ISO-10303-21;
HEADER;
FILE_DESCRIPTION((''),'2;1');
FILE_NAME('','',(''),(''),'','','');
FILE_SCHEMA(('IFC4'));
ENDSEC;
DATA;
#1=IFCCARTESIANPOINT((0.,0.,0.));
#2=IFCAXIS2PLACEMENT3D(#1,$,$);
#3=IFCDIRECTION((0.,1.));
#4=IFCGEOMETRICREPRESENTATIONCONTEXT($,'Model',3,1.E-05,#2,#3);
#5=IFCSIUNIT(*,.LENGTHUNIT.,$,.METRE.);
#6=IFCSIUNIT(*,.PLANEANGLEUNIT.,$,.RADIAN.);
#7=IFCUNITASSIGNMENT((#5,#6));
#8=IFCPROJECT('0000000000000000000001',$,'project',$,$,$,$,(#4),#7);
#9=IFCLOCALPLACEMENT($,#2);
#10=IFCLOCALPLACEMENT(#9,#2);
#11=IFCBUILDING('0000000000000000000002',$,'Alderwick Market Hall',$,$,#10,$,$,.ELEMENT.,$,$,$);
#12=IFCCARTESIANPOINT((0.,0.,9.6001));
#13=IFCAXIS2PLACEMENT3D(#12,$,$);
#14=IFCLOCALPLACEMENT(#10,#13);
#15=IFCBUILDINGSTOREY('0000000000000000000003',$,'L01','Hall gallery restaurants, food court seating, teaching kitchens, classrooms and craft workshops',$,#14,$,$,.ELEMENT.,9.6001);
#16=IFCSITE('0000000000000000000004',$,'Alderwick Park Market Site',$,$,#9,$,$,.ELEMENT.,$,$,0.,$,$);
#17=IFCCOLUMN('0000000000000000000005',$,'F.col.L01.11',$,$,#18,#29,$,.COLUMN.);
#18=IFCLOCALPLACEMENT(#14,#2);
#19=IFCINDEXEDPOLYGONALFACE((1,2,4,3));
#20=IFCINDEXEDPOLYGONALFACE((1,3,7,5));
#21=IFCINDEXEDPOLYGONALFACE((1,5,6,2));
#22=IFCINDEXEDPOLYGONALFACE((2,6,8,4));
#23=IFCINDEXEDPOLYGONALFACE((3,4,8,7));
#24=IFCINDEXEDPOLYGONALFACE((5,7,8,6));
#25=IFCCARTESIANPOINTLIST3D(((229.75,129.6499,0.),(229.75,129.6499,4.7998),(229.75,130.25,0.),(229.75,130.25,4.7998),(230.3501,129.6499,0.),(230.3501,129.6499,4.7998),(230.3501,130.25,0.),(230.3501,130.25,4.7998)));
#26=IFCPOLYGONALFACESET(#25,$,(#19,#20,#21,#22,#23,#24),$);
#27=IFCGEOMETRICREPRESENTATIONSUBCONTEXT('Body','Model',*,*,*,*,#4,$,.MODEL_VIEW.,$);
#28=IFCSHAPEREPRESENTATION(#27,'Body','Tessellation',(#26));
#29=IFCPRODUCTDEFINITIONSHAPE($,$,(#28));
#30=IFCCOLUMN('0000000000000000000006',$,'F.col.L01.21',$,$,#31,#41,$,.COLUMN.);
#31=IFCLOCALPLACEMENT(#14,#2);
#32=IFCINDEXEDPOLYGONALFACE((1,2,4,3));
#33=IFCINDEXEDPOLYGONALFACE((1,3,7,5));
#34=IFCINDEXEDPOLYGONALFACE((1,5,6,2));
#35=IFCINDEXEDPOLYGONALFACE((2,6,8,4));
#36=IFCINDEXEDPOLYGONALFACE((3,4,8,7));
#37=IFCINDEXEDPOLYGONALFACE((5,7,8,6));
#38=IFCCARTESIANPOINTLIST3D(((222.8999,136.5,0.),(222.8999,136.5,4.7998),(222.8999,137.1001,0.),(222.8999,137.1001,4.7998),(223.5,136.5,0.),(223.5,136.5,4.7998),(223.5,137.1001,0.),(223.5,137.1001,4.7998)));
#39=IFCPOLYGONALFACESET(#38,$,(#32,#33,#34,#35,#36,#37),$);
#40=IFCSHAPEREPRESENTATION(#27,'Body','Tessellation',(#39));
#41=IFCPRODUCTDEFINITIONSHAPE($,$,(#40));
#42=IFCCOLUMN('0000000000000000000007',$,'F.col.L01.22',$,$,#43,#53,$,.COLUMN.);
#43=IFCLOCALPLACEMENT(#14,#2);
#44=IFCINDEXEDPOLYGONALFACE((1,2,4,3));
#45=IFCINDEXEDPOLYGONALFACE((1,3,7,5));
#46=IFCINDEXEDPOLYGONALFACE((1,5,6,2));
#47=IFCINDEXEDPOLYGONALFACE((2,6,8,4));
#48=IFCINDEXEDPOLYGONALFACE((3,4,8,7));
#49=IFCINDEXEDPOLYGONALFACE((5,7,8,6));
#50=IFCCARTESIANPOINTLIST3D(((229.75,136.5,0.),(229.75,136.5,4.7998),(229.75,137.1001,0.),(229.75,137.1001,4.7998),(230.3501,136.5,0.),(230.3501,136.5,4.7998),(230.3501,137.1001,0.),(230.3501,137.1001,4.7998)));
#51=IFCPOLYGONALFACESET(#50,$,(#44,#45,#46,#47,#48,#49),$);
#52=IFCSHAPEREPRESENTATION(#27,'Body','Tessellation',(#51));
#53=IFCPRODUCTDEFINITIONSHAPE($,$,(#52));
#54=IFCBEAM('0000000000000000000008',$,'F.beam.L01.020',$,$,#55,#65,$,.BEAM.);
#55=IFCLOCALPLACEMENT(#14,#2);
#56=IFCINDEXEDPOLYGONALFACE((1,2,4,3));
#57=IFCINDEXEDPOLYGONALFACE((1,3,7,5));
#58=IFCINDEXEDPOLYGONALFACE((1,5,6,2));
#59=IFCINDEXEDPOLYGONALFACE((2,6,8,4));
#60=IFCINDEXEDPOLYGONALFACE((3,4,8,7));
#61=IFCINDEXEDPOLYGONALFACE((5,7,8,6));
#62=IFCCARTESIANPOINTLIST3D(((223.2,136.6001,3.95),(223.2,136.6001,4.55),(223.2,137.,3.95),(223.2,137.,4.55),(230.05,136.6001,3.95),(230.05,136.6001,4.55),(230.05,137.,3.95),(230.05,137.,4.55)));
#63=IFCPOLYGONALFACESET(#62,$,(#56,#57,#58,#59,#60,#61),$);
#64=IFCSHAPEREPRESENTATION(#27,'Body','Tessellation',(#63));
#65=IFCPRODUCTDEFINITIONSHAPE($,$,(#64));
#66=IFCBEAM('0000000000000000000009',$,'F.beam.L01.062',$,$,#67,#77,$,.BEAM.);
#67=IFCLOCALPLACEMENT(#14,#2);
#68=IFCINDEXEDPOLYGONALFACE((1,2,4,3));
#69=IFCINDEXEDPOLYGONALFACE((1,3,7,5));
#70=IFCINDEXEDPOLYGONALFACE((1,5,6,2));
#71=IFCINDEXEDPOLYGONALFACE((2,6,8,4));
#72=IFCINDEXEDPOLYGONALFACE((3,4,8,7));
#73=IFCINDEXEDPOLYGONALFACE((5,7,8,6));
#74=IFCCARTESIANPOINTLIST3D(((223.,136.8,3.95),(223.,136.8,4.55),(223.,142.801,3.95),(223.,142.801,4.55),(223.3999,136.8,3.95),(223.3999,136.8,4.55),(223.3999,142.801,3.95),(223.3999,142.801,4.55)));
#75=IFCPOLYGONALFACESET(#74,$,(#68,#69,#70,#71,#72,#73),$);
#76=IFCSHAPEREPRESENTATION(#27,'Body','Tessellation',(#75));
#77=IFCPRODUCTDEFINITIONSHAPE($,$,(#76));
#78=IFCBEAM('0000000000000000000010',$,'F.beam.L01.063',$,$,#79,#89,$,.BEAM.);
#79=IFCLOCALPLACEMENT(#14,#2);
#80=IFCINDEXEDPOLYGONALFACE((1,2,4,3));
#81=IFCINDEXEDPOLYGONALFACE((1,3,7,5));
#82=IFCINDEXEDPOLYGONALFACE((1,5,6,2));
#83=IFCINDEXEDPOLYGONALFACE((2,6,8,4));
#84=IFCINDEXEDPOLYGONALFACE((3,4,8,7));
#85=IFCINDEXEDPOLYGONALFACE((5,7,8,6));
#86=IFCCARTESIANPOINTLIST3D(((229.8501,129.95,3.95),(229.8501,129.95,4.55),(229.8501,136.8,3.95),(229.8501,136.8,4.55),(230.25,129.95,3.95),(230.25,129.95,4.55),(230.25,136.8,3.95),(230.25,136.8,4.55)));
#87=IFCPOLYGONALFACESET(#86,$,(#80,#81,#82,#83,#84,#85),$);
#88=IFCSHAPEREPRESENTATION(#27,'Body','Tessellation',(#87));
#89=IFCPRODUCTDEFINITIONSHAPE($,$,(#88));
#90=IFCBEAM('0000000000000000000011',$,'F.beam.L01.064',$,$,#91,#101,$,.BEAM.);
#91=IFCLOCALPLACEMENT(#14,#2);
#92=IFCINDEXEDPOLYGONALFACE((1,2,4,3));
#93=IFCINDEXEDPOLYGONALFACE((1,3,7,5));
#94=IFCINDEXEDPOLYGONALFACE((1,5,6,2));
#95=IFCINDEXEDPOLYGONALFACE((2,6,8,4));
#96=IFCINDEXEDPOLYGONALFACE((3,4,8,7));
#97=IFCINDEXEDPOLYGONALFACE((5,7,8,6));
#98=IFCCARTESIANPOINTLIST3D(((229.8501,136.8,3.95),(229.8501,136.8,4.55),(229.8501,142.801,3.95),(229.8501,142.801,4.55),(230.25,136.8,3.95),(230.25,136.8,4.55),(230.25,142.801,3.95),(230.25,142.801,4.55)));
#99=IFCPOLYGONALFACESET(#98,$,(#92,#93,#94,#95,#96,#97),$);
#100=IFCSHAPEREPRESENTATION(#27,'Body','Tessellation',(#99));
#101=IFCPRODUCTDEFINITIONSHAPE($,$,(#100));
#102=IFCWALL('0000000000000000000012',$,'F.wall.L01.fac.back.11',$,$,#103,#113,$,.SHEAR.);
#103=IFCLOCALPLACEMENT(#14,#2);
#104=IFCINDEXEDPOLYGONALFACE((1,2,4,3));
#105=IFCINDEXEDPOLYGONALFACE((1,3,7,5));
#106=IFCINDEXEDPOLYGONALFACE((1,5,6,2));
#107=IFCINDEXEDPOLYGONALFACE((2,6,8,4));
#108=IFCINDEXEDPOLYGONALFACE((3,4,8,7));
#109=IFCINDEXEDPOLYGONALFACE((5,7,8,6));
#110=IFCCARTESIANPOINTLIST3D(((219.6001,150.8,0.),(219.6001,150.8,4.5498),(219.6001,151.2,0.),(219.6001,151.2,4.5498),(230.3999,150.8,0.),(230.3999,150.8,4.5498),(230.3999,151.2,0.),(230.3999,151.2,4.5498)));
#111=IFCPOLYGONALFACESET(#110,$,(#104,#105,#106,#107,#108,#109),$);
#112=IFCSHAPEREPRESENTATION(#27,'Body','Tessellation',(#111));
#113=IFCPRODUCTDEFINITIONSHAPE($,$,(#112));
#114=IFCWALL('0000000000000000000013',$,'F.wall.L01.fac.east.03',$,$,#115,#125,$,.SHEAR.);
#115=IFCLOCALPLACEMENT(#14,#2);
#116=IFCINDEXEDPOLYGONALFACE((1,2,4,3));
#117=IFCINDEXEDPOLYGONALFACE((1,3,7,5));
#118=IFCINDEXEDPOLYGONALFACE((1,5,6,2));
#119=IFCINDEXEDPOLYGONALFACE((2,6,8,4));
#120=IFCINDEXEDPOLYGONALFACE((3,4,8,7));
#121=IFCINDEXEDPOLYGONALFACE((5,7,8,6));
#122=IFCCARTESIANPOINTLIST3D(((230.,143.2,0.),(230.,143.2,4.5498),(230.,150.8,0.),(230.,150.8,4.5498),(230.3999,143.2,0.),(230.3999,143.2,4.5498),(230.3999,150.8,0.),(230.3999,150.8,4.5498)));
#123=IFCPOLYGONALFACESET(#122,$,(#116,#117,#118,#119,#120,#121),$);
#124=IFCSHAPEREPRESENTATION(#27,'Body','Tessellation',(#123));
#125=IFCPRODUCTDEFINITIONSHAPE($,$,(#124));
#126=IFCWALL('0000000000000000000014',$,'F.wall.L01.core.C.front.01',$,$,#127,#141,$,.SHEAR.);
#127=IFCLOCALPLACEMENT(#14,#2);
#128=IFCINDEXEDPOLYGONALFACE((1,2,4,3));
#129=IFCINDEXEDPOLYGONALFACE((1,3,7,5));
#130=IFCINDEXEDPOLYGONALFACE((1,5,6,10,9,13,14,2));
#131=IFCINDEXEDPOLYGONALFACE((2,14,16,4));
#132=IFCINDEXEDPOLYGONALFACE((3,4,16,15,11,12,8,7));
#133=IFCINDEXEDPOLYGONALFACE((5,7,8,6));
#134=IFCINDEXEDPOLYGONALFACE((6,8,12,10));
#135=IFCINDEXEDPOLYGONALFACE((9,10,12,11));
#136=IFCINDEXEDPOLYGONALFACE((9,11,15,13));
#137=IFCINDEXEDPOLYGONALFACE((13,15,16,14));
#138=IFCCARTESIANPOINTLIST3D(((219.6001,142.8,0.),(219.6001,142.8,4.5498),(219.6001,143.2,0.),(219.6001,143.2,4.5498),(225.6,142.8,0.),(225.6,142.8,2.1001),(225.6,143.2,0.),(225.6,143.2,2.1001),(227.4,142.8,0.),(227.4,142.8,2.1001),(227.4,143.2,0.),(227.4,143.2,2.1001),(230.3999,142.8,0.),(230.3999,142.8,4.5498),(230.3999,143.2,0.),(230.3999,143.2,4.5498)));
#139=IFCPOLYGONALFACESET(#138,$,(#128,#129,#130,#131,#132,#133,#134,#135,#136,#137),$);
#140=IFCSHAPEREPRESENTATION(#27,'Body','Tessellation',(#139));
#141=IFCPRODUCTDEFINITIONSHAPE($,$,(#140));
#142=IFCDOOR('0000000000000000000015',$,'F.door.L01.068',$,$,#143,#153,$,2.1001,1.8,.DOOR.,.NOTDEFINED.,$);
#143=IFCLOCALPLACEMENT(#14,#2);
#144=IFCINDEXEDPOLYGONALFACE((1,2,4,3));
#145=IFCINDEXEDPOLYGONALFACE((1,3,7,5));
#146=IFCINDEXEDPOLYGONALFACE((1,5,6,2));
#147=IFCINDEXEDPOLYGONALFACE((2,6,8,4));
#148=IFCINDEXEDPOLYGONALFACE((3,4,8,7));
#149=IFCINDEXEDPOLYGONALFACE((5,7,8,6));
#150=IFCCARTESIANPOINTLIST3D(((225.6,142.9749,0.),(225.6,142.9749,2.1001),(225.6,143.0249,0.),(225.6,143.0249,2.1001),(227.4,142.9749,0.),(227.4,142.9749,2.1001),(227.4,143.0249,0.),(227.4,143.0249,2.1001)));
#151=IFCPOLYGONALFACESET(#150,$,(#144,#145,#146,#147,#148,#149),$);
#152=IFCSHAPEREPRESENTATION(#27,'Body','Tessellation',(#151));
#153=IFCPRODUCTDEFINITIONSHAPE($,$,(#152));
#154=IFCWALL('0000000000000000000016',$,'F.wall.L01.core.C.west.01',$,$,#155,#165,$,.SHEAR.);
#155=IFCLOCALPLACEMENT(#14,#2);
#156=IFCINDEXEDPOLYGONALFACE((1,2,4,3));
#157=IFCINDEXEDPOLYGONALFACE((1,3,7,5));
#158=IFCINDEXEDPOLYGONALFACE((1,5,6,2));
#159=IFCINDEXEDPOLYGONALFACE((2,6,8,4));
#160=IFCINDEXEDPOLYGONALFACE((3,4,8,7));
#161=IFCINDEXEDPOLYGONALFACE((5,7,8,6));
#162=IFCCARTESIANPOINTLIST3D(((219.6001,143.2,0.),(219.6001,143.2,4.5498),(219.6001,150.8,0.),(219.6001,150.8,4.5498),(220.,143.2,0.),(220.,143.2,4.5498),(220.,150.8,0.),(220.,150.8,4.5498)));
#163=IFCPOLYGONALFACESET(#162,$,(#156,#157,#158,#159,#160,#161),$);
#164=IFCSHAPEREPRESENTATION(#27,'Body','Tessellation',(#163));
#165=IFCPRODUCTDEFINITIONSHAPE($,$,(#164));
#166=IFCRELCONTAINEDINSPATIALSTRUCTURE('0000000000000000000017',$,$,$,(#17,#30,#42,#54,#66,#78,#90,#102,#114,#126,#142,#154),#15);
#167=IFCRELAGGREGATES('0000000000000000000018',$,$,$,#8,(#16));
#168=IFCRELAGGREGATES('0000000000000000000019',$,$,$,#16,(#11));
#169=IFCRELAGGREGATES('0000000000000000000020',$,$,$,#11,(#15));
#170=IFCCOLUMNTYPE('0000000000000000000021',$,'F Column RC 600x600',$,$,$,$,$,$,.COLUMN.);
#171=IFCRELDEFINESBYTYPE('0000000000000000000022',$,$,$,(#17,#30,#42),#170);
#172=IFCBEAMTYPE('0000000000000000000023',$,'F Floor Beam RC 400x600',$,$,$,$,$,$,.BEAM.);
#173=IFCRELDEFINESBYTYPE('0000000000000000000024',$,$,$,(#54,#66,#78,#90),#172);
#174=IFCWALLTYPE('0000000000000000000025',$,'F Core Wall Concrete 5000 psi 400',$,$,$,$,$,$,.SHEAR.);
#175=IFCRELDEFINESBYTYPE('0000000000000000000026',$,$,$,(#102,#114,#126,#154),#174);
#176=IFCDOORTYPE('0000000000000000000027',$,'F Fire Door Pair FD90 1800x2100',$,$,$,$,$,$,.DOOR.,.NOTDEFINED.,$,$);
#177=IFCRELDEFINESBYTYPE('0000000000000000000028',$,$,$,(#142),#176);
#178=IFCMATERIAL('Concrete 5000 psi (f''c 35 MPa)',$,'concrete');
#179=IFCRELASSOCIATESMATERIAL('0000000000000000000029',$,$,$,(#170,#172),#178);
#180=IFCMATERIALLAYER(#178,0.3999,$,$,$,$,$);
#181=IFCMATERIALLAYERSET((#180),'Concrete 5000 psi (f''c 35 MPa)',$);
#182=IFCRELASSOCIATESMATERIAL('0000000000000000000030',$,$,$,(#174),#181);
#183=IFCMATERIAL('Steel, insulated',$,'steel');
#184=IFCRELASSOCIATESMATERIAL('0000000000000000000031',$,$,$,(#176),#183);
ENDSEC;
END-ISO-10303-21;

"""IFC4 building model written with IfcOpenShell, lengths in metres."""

from ifc_helpers import new_model, si_unit, direction, frame, frame_2d, origin, origin_2d, place, context, subcontext, project, spatial, rectangle, extrude, material, layer, layer_set, material_profile, profile_set, type_object, element, fill, save


model = new_model("IFC4")

# Units and contexts
model_context = context("Model", 3, precision=1e-05, world=origin(), true_north=direction((0.0, 1.0)))
body_context = subcontext(model_context, "Body", "Model", "MODEL_VIEW")
ifc_project = project(units=[si_unit("LENGTHUNIT", "METRE"), si_unit("PLANEANGLEUNIT", "RADIAN")], contexts=[model_context])

# Site, building, storey
site_placement = place(None, origin())
site = spatial("IfcSite", under=ifc_project, at=site_placement, Name="Alderwick Park Market Site", CompositionType="ELEMENT", RefElevation=0.0)
building_placement = place(site_placement, origin())
building = spatial("IfcBuilding", under=site, at=building_placement, Name="Alderwick Market Hall", CompositionType="ELEMENT")
storey_placement = place(building_placement, frame((0.0, 0.0, 9.6001)))
storey = spatial("IfcBuildingStorey", under=building, at=storey_placement, Name="L01", Description="Hall gallery restaurants, food court seating, teaching kitchens, classrooms and craft workshops", CompositionType="ELEMENT", Elevation=9.6001)

# Columns
ifc_material_1 = material(Name="Concrete 5000 psi (f'c 35 MPa)", Category="concrete")
ifc_material_profile_1 = material_profile(ifc_material_1, rectangle(XDim=0.6001, YDim=0.6001, at=origin_2d()), Name="RC 600x600")
ifc_profile_set_1 = profile_set([ifc_material_profile_1], Name="Concrete 5000 psi (f'c 35 MPa)")
column_type = type_object("IfcColumnType", Name="F Column RC 600x600", PredefinedType="COLUMN", material=ifc_profile_set_1)
for number, where, z_axis, x_axis, name in (
    (1, (230.05, 129.95, 0.0), (0.0, 0.0, 1.0), (1.0, 0.0, 0.0), "F.col.L01.11"),
    (2, (223.2, 136.8, 0.0), (0.0, 0.0, 1.0), (1.0, 0.0, 0.0), "F.col.L01.21"),
    (3, (230.05, 136.8, 0.0), (0.0, 0.0, 1.0), (1.0, 0.0, 0.0), "F.col.L01.22"),
):
    element("IfcColumn", number, at=place(storey_placement, frame(where, z_axis=z_axis, x_axis=x_axis)), inside=storey, type_object=column_type, Name=name, PredefinedType="COLUMN", context=body_context, shape_type="SweptSolid", body=[
        extrude(rectangle(XDim=0.6001, YDim=0.6001, at=origin_2d()), origin(), (0.0, 0.0, 1.0), 4.7998),
    ])

# Beams
ifc_material_profile_2 = material_profile(ifc_material_1, rectangle(XDim=0.3999, YDim=0.6001, at=origin_2d()), Name="RC 400x600")
ifc_profile_set_2 = profile_set([ifc_material_profile_2], Name="Concrete 5000 psi (f'c 35 MPa)")
beam_type = type_object("IfcBeamType", Name="F Floor Beam RC 400x600", PredefinedType="BEAM", material=ifc_profile_set_2)
beam_1_placement = place(storey_placement, frame((223.2, 136.8, 4.25), z_axis=(1.0, 0.0, 0.0), x_axis=(0.0, 1.0, 0.0)))
element("IfcBeam", 4, at=beam_1_placement, inside=storey, type_object=beam_type, Name="F.beam.L01.020", PredefinedType="BEAM", context=body_context, shape_type="SweptSolid", body=[
    extrude(rectangle(XDim=0.3999, YDim=0.6001, at=origin_2d()), origin(), (0.0, 0.0, 1.0), 6.8501),
])
beam_2_placement = place(storey_placement, frame((223.2, 136.8, 4.25), z_axis=(0.0, 1.0, 0.0), x_axis=(-1.0, 0.0, 0.0)))
element("IfcBeam", 5, at=beam_2_placement, inside=storey, type_object=beam_type, Name="F.beam.L01.062", PredefinedType="BEAM", context=body_context, shape_type="SweptSolid", body=[
    extrude(rectangle(XDim=0.3999, YDim=0.6001, at=origin_2d()), origin(), (0.0, 0.0, 1.0), 6.001),
])
beam_3_placement = place(storey_placement, frame((230.05, 129.95, 4.25), z_axis=(0.0, 1.0, 0.0), x_axis=(-1.0, 0.0, 0.0)))
element("IfcBeam", 6, at=beam_3_placement, inside=storey, type_object=beam_type, Name="F.beam.L01.063", PredefinedType="BEAM", context=body_context, shape_type="SweptSolid", body=[
    extrude(rectangle(XDim=0.3999, YDim=0.6001, at=origin_2d()), origin(), (0.0, 0.0, 1.0), 6.8501),
])
beam_4_placement = place(storey_placement, frame((230.05, 136.8, 4.25), z_axis=(0.0, 1.0, 0.0), x_axis=(-1.0, 0.0, 0.0)))
element("IfcBeam", 7, at=beam_4_placement, inside=storey, type_object=beam_type, Name="F.beam.L01.064", PredefinedType="BEAM", context=body_context, shape_type="SweptSolid", body=[
    extrude(rectangle(XDim=0.3999, YDim=0.6001, at=origin_2d()), origin(), (0.0, 0.0, 1.0), 6.001),
])

# Walls
ifc_layer_1 = layer(ifc_material_1, 0.3999)
ifc_layer_set_1 = layer_set([ifc_layer_1], Name="Concrete 5000 psi (f'c 35 MPa)")
wall_type_1 = type_object("IfcWallType", Name="F Core Wall Concrete 5000 psi 400", PredefinedType="SHEAR", material=ifc_layer_set_1)
wall_1_placement = place(storey_placement, frame((219.6001, 151.0, 0.0), z_axis=(0.0, 0.0, 1.0), x_axis=(1.0, 0.0, 0.0)))
element("IfcWall", 8, at=wall_1_placement, inside=storey, type_object=wall_type_1, Name="F.wall.L01.fac.back.11", PredefinedType="SHEAR", context=body_context, shape_type="SweptSolid", body=[
    extrude(rectangle(XDim=10.7998, YDim=0.3999, at=frame_2d((5.3999, 0.0))), origin(), (0.0, 0.0, 1.0), 4.5498),
])
wall_2_placement = place(storey_placement, frame((230.2, 150.8, 0.0), z_axis=(0.0, 0.0, 1.0), x_axis=(0.0, -1.0, 0.0)))
element("IfcWall", 9, at=wall_2_placement, inside=storey, type_object=wall_type_1, Name="F.wall.L01.fac.east.03", PredefinedType="SHEAR", context=body_context, shape_type="SweptSolid", body=[
    extrude(rectangle(XDim=7.6001, YDim=0.3999, at=frame_2d((3.8, 0.0))), origin(), (0.0, 0.0, 1.0), 4.5498),
])

# Wall, opening, door
wall_3_placement = place(storey_placement, frame((219.6001, 143.0, 0.0), z_axis=(0.0, 0.0, 1.0), x_axis=(1.0, 0.0, 0.0)))
wall_3 = element("IfcWall", 10, at=wall_3_placement, inside=storey, type_object=wall_type_1, Name="F.wall.L01.core.C.front.01", PredefinedType="SHEAR", context=body_context, shape_type="SweptSolid", body=[
    extrude(rectangle(XDim=10.7998, YDim=0.3999, at=frame_2d((5.3999, 0.0))), origin(), (0.0, 0.0, 1.0), 4.5498),
])
opening_1_placement = place(wall_3_placement, frame((6.0, 0.0, 0.0)))
opening_1 = element("IfcOpeningElement", 11, at=opening_1_placement, cuts=wall_3, PredefinedType="OPENING", context=body_context, shape_type="SweptSolid", body=[
    extrude(rectangle(XDim=1.8, YDim=2.1001, at=frame_2d((0.8999, 1.05))), frame((0.0, 0.21, 0.0), z_axis=(0.0, -1.0, 0.0), x_axis=(1.0, 0.0, 0.0)), (0.0, 0.0, 1.0), 0.4199),
])
ifc_material_2 = material(Name="Steel, insulated", Category="steel")
door_type_1 = type_object("IfcDoorType", Name="F Fire Door Pair FD90 1800x2100", OperationType="NOTDEFINED", PredefinedType="DOOR", material=ifc_material_2)
door_1_placement = place(opening_1_placement, origin())
door_1 = element("IfcDoor", 12, at=door_1_placement, inside=storey, type_object=door_type_1, Name="F.door.L01.068", OperationType="NOTDEFINED", OverallHeight=2.1001, OverallWidth=1.8, PredefinedType="DOOR", context=body_context, shape_type="SweptSolid", body=[
    extrude(rectangle(XDim=1.8, YDim=2.1001, at=frame_2d((0.8999, 1.05))), frame((0.0, 0.0249, 0.0), z_axis=(0.0, -1.0, 0.0), x_axis=(1.0, 0.0, 0.0)), (0.0, 0.0, 1.0), 0.05),
])
fill(opening_1, door_1)

# Wall
wall_4_placement = place(storey_placement, frame((219.8, 143.2, 0.0), z_axis=(0.0, 0.0, 1.0), x_axis=(0.0, 1.0, 0.0)))
element("IfcWall", 13, at=wall_4_placement, inside=storey, type_object=wall_type_1, Name="F.wall.L01.core.C.west.01", PredefinedType="SHEAR", context=body_context, shape_type="SweptSolid", body=[
    extrude(rectangle(XDim=7.6001, YDim=0.3999, at=frame_2d((3.8, 0.0))), origin(), (0.0, 0.0, 1.0), 4.5498),
])

save(model, "model.ifc")
